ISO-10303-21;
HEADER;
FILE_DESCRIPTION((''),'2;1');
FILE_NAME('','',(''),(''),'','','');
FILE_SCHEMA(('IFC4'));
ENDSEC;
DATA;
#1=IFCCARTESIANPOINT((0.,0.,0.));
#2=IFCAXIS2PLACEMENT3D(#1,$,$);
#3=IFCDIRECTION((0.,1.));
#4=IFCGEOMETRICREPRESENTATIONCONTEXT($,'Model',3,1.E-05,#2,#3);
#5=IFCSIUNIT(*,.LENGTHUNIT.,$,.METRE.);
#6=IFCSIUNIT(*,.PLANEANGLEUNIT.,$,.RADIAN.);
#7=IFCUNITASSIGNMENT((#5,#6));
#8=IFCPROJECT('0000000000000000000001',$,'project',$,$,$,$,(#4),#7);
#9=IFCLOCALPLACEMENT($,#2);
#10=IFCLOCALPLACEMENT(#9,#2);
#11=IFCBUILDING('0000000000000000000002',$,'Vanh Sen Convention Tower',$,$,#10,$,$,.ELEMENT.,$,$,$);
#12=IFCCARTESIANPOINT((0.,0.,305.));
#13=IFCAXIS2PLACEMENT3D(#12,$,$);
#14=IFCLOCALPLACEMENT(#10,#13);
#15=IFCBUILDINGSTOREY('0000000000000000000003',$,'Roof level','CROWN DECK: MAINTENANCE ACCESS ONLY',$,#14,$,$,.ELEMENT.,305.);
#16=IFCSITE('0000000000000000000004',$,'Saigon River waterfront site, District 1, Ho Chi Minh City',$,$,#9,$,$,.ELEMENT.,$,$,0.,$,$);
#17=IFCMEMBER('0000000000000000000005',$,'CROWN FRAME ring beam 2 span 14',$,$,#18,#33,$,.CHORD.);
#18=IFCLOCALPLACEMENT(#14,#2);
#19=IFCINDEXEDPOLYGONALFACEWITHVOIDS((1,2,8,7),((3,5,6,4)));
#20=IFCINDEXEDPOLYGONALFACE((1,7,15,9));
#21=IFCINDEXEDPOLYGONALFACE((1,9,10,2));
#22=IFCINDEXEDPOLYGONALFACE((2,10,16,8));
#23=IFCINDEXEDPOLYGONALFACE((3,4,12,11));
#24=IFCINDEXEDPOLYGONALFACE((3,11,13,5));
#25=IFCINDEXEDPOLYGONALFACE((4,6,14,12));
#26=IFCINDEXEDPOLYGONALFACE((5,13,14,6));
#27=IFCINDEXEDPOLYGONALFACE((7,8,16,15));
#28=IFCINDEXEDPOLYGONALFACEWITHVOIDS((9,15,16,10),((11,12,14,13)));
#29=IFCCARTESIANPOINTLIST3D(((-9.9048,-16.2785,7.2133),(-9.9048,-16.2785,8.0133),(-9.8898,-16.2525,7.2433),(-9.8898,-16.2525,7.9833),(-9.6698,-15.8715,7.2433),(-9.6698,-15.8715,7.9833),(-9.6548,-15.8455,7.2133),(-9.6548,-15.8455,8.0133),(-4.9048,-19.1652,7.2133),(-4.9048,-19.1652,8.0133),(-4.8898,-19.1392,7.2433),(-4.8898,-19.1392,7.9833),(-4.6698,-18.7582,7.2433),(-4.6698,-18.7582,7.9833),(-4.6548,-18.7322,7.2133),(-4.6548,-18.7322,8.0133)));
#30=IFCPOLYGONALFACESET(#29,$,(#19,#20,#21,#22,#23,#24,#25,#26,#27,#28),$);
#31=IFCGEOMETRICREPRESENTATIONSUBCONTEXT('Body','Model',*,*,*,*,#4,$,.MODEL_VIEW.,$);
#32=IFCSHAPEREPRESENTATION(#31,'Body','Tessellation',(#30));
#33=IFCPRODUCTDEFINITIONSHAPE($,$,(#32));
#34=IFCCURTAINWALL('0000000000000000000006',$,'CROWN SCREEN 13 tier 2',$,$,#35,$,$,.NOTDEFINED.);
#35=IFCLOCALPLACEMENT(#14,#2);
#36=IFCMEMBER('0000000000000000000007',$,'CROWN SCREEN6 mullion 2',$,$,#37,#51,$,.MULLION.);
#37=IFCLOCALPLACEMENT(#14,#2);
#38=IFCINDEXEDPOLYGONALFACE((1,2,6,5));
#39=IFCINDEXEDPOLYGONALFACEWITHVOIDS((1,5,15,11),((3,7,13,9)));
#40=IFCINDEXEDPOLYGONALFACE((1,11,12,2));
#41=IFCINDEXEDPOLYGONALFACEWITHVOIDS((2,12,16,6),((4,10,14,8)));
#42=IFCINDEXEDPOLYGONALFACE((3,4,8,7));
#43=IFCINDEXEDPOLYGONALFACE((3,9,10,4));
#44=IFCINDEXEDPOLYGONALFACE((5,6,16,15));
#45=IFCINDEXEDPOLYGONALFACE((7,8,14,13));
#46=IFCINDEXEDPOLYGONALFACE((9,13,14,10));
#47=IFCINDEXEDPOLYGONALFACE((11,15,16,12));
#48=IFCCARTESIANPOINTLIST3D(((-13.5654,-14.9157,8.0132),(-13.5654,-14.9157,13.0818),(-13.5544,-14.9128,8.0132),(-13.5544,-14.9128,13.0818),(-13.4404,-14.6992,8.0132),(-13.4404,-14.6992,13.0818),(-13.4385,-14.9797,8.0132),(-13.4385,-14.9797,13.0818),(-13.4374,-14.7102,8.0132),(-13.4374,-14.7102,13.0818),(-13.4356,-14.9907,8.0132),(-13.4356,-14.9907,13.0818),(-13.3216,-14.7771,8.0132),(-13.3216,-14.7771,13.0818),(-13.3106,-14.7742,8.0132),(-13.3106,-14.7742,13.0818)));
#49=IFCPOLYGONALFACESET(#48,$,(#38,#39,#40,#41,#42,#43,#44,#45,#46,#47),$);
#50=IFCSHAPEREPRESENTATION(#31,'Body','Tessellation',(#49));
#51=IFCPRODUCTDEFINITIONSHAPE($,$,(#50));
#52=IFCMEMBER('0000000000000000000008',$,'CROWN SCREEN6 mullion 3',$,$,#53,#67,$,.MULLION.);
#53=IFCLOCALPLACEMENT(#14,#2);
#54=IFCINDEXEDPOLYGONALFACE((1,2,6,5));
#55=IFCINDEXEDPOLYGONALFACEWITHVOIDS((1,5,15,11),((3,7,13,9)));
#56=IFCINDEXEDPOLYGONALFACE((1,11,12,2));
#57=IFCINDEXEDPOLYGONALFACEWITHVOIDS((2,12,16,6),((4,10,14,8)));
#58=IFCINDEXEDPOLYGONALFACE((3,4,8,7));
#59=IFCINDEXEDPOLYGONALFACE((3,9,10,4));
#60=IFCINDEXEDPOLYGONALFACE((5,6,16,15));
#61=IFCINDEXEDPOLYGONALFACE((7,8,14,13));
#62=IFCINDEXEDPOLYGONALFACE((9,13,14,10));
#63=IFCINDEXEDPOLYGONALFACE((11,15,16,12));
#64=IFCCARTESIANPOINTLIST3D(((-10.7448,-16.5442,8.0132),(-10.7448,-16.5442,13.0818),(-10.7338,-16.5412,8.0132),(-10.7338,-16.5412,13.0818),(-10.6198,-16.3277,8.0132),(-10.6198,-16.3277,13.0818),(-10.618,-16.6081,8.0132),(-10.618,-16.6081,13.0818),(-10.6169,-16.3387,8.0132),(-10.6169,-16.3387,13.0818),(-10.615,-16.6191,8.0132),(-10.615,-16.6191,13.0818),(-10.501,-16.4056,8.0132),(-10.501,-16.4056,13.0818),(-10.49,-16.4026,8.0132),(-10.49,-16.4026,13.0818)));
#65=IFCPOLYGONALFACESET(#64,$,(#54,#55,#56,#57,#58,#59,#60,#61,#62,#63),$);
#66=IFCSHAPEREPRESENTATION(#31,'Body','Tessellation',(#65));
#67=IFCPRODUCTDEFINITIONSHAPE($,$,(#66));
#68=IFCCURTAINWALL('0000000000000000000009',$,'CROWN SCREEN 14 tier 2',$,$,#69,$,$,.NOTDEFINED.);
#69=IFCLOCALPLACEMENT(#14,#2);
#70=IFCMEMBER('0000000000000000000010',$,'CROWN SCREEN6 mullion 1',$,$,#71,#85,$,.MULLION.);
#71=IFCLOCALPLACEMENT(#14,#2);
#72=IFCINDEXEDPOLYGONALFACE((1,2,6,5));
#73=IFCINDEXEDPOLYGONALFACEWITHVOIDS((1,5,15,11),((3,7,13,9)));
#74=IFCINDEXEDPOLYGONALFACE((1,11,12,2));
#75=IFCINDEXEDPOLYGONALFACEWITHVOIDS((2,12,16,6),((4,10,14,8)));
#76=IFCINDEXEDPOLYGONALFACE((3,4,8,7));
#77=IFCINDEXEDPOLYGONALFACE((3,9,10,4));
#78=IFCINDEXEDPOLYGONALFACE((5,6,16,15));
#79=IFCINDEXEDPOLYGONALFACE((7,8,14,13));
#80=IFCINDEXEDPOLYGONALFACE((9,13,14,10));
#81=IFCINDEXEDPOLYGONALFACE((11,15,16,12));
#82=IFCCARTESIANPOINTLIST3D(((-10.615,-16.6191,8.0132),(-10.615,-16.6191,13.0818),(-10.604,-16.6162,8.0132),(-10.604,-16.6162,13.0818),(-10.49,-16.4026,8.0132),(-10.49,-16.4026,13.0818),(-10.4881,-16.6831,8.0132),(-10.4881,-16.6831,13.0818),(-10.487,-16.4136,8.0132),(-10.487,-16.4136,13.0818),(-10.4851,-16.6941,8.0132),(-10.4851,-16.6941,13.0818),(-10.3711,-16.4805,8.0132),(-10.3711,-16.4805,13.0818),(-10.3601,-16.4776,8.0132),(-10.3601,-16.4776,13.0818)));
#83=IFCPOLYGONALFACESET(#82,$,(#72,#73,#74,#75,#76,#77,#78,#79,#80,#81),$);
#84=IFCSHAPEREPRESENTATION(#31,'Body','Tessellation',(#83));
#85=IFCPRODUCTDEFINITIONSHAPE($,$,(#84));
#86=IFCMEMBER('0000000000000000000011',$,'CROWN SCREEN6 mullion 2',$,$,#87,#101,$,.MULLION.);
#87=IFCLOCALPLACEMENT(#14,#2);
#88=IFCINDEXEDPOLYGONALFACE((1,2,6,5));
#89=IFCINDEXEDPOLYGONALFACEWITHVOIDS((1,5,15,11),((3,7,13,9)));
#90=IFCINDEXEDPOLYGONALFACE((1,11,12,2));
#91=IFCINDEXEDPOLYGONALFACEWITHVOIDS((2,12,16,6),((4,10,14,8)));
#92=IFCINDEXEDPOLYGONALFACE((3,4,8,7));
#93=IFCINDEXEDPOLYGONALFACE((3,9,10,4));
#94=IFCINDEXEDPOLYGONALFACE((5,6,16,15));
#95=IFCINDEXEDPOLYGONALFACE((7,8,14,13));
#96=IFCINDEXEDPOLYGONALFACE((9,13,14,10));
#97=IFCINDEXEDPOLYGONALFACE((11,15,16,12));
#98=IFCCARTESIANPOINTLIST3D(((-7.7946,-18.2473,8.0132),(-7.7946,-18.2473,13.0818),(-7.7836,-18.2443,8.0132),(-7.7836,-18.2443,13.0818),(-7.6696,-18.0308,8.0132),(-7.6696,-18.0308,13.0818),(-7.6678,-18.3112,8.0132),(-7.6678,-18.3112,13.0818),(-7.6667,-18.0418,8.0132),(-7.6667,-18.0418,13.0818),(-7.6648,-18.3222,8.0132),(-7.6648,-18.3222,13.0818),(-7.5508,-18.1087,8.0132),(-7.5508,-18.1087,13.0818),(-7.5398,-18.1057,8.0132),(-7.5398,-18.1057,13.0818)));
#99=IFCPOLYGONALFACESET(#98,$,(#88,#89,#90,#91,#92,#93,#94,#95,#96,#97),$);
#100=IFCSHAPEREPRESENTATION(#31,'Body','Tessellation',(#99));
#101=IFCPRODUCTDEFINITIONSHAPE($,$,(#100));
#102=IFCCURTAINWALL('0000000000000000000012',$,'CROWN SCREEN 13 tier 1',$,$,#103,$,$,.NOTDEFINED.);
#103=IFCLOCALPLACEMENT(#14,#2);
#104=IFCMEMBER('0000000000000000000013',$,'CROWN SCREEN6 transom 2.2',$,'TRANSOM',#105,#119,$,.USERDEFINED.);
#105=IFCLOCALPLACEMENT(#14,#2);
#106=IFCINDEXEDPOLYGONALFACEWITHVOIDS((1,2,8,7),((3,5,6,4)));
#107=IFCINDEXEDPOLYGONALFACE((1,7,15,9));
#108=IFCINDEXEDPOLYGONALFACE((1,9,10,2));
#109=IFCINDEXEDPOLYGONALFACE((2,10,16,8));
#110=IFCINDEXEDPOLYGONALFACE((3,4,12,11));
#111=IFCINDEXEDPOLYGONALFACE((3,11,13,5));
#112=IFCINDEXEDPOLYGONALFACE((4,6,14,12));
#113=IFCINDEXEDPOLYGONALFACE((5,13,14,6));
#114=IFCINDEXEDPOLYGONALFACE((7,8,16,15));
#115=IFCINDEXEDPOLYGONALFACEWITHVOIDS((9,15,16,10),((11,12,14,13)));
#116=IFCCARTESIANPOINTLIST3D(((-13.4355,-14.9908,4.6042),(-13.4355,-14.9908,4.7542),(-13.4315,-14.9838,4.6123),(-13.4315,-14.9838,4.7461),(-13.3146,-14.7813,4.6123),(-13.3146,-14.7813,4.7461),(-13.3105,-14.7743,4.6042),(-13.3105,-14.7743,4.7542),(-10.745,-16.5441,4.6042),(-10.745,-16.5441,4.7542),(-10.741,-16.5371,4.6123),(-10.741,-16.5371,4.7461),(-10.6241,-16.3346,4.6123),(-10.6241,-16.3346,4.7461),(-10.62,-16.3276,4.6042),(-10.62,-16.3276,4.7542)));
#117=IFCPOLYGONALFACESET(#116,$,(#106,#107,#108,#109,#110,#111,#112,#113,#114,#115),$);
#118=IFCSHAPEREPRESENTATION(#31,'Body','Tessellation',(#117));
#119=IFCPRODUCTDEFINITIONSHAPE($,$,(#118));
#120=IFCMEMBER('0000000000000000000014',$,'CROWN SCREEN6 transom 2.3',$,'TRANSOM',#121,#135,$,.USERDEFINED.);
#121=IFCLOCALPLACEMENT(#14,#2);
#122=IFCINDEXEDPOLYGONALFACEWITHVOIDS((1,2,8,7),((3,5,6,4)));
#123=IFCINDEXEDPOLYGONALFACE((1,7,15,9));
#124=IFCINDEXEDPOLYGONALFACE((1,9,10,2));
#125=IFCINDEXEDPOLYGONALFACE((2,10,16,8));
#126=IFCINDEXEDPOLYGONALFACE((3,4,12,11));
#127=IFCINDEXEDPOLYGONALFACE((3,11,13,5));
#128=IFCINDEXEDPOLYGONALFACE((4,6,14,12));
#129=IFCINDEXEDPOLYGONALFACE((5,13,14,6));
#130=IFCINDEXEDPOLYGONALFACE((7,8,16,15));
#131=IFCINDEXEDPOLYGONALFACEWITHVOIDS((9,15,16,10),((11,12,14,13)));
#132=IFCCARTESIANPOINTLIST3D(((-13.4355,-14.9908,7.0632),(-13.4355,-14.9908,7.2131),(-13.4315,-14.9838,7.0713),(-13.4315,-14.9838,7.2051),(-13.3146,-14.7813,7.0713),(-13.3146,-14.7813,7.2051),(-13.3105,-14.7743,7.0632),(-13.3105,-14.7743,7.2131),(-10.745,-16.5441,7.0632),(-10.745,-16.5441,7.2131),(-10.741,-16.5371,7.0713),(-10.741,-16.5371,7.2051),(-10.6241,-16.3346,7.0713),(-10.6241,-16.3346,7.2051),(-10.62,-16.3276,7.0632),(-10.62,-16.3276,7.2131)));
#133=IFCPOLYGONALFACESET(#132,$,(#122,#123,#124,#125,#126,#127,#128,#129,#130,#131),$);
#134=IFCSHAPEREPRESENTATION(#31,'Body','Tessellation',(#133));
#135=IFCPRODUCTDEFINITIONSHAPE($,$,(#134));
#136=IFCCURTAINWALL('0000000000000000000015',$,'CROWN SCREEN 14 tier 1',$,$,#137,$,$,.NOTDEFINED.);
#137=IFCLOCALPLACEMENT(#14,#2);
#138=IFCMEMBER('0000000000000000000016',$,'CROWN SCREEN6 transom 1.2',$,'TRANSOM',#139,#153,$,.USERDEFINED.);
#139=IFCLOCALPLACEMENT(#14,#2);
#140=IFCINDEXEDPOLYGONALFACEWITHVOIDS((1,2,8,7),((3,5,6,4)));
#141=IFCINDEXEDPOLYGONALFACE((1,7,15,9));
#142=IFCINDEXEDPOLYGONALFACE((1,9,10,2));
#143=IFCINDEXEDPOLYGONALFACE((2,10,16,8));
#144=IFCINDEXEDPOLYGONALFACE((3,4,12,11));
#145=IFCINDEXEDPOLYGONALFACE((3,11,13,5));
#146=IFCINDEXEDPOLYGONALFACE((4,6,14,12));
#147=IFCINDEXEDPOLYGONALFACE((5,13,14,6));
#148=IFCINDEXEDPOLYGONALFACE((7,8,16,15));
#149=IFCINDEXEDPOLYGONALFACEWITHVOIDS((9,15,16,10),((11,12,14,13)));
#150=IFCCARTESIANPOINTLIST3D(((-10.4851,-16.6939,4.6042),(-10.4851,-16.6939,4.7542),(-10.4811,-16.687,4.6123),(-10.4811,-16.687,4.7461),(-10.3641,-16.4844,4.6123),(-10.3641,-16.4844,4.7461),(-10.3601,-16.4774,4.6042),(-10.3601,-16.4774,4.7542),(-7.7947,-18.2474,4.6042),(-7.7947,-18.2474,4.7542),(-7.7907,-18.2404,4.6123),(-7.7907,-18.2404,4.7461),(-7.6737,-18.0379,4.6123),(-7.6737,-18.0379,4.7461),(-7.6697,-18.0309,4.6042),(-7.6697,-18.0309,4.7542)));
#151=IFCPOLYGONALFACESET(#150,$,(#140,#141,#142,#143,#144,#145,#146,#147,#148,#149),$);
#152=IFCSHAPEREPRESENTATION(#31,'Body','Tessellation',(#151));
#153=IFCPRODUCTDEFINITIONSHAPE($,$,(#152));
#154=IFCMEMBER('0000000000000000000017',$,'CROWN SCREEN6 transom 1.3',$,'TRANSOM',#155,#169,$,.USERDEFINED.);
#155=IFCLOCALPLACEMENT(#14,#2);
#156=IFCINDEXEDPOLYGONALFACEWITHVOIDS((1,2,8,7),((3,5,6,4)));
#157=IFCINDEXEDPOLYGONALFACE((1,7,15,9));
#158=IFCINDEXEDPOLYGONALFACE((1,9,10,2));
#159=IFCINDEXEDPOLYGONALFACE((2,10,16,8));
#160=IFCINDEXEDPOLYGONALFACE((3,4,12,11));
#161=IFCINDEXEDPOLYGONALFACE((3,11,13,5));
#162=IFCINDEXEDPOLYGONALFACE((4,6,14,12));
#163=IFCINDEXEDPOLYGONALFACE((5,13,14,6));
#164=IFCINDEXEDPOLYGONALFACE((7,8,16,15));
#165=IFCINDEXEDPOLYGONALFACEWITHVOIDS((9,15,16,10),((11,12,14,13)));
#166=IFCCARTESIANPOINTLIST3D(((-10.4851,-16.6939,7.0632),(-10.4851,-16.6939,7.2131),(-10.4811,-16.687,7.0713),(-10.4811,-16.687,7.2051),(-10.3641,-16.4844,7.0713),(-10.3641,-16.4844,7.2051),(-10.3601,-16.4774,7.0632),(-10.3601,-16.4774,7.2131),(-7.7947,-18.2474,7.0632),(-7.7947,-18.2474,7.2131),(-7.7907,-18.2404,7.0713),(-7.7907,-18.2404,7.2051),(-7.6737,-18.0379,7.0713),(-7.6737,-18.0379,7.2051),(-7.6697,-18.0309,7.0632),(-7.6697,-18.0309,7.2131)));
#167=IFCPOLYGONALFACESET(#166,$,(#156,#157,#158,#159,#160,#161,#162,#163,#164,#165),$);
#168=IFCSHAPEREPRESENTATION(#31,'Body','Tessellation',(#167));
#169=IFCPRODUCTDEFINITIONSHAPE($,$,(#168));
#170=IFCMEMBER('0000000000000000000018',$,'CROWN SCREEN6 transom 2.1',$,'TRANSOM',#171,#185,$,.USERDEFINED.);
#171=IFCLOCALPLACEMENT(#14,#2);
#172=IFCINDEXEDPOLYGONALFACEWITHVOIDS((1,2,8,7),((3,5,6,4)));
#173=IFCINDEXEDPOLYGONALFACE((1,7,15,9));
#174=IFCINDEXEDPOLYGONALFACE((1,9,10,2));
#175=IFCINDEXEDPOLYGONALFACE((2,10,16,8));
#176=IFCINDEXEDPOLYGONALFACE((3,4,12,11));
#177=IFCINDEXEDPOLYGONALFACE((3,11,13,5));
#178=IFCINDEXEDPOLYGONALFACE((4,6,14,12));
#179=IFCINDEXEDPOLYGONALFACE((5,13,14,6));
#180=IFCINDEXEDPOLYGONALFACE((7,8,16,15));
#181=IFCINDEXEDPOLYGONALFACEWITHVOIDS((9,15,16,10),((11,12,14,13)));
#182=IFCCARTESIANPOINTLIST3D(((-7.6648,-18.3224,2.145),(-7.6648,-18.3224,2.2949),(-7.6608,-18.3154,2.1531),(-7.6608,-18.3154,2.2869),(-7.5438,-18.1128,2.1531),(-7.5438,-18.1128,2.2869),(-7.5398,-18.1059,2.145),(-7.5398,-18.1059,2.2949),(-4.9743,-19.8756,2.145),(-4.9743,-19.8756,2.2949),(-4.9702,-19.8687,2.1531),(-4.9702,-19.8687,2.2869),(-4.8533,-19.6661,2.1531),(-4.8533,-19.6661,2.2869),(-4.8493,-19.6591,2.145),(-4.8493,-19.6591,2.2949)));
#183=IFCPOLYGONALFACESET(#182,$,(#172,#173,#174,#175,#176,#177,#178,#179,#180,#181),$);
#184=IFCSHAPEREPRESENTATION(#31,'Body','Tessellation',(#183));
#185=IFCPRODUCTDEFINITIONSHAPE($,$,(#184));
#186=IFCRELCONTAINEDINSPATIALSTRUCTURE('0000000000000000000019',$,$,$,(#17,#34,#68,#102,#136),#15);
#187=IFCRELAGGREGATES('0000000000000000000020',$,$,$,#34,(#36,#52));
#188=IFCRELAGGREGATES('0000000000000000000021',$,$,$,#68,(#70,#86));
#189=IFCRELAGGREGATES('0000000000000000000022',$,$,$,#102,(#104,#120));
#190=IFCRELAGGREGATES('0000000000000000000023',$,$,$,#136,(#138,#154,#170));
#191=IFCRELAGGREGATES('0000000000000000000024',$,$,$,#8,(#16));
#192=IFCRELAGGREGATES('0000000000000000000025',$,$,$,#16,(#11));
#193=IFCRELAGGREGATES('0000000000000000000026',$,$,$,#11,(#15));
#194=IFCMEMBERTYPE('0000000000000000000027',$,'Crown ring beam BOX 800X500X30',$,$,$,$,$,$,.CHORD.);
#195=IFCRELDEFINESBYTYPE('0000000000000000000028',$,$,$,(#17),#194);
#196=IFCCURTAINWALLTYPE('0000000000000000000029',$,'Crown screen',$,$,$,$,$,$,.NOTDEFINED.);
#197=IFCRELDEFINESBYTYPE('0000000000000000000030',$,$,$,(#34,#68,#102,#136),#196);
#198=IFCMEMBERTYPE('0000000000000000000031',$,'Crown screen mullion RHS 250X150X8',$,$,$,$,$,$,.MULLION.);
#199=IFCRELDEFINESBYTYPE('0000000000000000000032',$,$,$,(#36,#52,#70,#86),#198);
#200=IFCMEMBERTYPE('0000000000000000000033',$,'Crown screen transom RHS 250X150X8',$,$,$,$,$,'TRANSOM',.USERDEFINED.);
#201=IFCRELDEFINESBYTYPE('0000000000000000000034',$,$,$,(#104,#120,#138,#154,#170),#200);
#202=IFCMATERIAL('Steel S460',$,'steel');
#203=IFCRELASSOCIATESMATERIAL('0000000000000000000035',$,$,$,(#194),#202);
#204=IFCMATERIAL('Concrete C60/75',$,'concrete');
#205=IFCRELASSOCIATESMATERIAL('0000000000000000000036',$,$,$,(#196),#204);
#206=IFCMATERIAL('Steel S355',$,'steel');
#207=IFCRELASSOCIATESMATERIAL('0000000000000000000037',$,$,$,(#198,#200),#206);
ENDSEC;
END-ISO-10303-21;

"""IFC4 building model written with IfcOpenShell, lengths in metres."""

from ifc_helpers import new_model, si_unit, direction, frame, origin, origin_2d, place, context, subcontext, project, spatial, hollow_rectangle, extrude, material, material_profile, profile_set, type_object, element, aggregate, save


model = new_model("IFC4")

# Units and contexts
model_context = context("Model", 3, precision=1e-05, world=origin(), true_north=direction((0.0, 1.0)))
body_context = subcontext(model_context, "Body", "Model", "MODEL_VIEW")
ifc_project = project(units=[si_unit("LENGTHUNIT", "METRE"), si_unit("PLANEANGLEUNIT", "RADIAN")], contexts=[model_context])

# Site, building, storey
site_placement = place(None, origin())
site = spatial("IfcSite", under=ifc_project, at=site_placement, Name="Saigon River waterfront site, District 1, Ho Chi Minh City", CompositionType="ELEMENT", RefElevation=0.0)
building_placement = place(site_placement, origin())
building = spatial("IfcBuilding", under=site, at=building_placement, Name="Vanh Sen Convention Tower", CompositionType="ELEMENT")
storey_placement = place(building_placement, frame((0.0, 0.0, 305.0)))
storey = spatial("IfcBuildingStorey", under=building, at=storey_placement, Name="Roof level", Description="CROWN DECK: MAINTENANCE ACCESS ONLY", CompositionType="ELEMENT", Elevation=305.0)

# Member
ifc_material_1 = material(Name="Steel S460", Category="steel")
ifc_material_profile_1 = material_profile(ifc_material_1, hollow_rectangle(XDim=0.5, YDim=0.8, WallThickness=0.03, at=origin_2d()), Name="BOX 800X500X30")
ifc_profile_set_1 = profile_set([ifc_material_profile_1], Name="Steel S460")
member_type_1 = type_object("IfcMemberType", Name="Crown ring beam BOX 800X500X30", PredefinedType="CHORD", material=ifc_profile_set_1)
member_1_placement = place(storey_placement, frame((-9.7798, -16.062, 7.6133), z_axis=(0.866028, -0.499996, 0.0), x_axis=(0.499996, 0.866028, 0.0)))
element("IfcMember", 1, at=member_1_placement, inside=storey, type_object=member_type_1, Name="CROWN FRAME ring beam 2 span 14", PredefinedType="CHORD", context=body_context, shape_type="SweptSolid", body=[
    extrude(hollow_rectangle(XDim=0.5, YDim=0.8, WallThickness=0.03, at=origin_2d()), origin(), (0.0, 0.0, 1.0), 5.7734),
])

# Curtain walls, members
ifc_material_2 = material(Name="Concrete C60/75", Category="concrete")
curtain_wall_type = type_object("IfcCurtainWallType", Name="Crown screen", PredefinedType="NOTDEFINED", material=ifc_material_2)
curtain_wall_1_placement = place(storey_placement, origin())
curtain_wall_1 = element("IfcCurtainWall", 2, at=curtain_wall_1_placement, inside=storey, type_object=curtain_wall_type, Name="CROWN SCREEN 13 tier 2", PredefinedType="NOTDEFINED")
ifc_material_3 = material(Name="Steel S355", Category="steel")
ifc_material_profile_2 = material_profile(ifc_material_3, hollow_rectangle(XDim=0.25, YDim=0.1499, WallThickness=0.0081, at=origin_2d()), Name="RHS 250X150X8")
ifc_profile_set_2 = profile_set([ifc_material_profile_2], Name="Steel S355")
member_type_2 = type_object("IfcMemberType", Name="Crown screen mullion RHS 250X150X8", PredefinedType="MULLION", material=ifc_profile_set_2)
member_2_placement = place(storey_placement, frame((-13.438, -14.845, 8.0132), z_axis=(0.0, 0.0, 1.0), x_axis=(0.500005, 0.866023, 0.0)))
member_2 = element("IfcMember", 3, at=member_2_placement, type_object=member_type_2, Name="CROWN SCREEN6 mullion 2", PredefinedType="MULLION", context=body_context, shape_type="SweptSolid", body=[
    extrude(hollow_rectangle(XDim=0.25, YDim=0.1499, WallThickness=0.0081, at=origin_2d()), origin(), (0.0, 0.0, 1.0), 5.0686),
])
member_3_placement = place(storey_placement, frame((-10.6174, -16.4734, 8.0132), z_axis=(0.0, 0.0, 1.0), x_axis=(0.500005, 0.866023, 0.0)))
member_3 = element("IfcMember", 4, at=member_3_placement, type_object=member_type_2, Name="CROWN SCREEN6 mullion 3", PredefinedType="MULLION", context=body_context, shape_type="SweptSolid", body=[
    extrude(hollow_rectangle(XDim=0.25, YDim=0.1499, WallThickness=0.0081, at=origin_2d()), origin(), (0.0, 0.0, 1.0), 5.0686),
])
aggregate(curtain_wall_1, [member_2, member_3])
curtain_wall_2_placement = place(storey_placement, origin())
curtain_wall_2 = element("IfcCurtainWall", 5, at=curtain_wall_2_placement, inside=storey, type_object=curtain_wall_type, Name="CROWN SCREEN 14 tier 2", PredefinedType="NOTDEFINED")
member_4_placement = place(storey_placement, frame((-10.4875, -16.5483, 8.0132), z_axis=(0.0, 0.0, 1.0), x_axis=(0.499994, 0.866029, 0.0)))
member_4 = element("IfcMember", 6, at=member_4_placement, type_object=member_type_2, Name="CROWN SCREEN6 mullion 1", PredefinedType="MULLION", context=body_context, shape_type="SweptSolid", body=[
    extrude(hollow_rectangle(XDim=0.25, YDim=0.1499, WallThickness=0.0081, at=origin_2d()), origin(), (0.0, 0.0, 1.0), 5.0686),
])
member_5_placement = place(storey_placement, frame((-7.6672, -18.1765, 8.0132), z_axis=(0.0, 0.0, 1.0), x_axis=(0.499994, 0.866029, 0.0)))
member_5 = element("IfcMember", 7, at=member_5_placement, type_object=member_type_2, Name="CROWN SCREEN6 mullion 2", PredefinedType="MULLION", context=body_context, shape_type="SweptSolid", body=[
    extrude(hollow_rectangle(XDim=0.25, YDim=0.1499, WallThickness=0.0081, at=origin_2d()), origin(), (0.0, 0.0, 1.0), 5.0686),
])
aggregate(curtain_wall_2, [member_4, member_5])
curtain_wall_3_placement = place(storey_placement, origin())
curtain_wall_3 = element("IfcCurtainWall", 8, at=curtain_wall_3_placement, inside=storey, type_object=curtain_wall_type, Name="CROWN SCREEN 13 tier 1", PredefinedType="NOTDEFINED")
ifc_material_profile_3 = material_profile(ifc_material_3, hollow_rectangle(XDim=0.25, YDim=0.1499, WallThickness=0.0081, at=origin_2d()), Name="RHS 250X150X8")
ifc_profile_set_3 = profile_set([ifc_material_profile_3], Name="Steel S355")
member_type_3 = type_object("IfcMemberType", Name="Crown screen transom RHS 250X150X8", ElementType="TRANSOM", PredefinedType="USERDEFINED", material=ifc_profile_set_3)
member_6_placement = place(storey_placement, frame((-13.373, -14.8826, 4.6792), z_axis=(0.866039, -0.499976, 0.0), x_axis=(0.499976, 0.866039, 0.0)))
member_6 = element("IfcMember", 9, at=member_6_placement, type_object=member_type_3, Name="CROWN SCREEN6 transom 2.2", ObjectType="TRANSOM", PredefinedType="USERDEFINED", context=body_context, shape_type="SweptSolid", body=[
    extrude(hollow_rectangle(XDim=0.25, YDim=0.1499, WallThickness=0.0081, at=origin_2d()), origin(), (0.0, 0.0, 1.0), 3.1067),
])
member_7_placement = place(storey_placement, frame((-13.373, -14.8826, 7.1382), z_axis=(0.866039, -0.499976, 0.0), x_axis=(0.499976, 0.866039, 0.0)))
member_7 = element("IfcMember", 10, at=member_7_placement, type_object=member_type_3, Name="CROWN SCREEN6 transom 2.3", ObjectType="TRANSOM", PredefinedType="USERDEFINED", context=body_context, shape_type="SweptSolid", body=[
    extrude(hollow_rectangle(XDim=0.25, YDim=0.1499, WallThickness=0.0081, at=origin_2d()), origin(), (0.0, 0.0, 1.0), 3.1067),
])
curtain_wall_4_placement = place(storey_placement, origin())
curtain_wall_4 = element("IfcCurtainWall", 11, at=curtain_wall_4_placement, inside=storey, type_object=curtain_wall_type, Name="CROWN SCREEN 14 tier 1", PredefinedType="NOTDEFINED")
member_8_placement = place(storey_placement, frame((-10.4226, -16.5857, 4.6792), z_axis=(0.866005, -0.500035, 0.0), x_axis=(0.500035, 0.866005, 0.0)))
member_8 = element("IfcMember", 12, at=member_8_placement, type_object=member_type_3, Name="CROWN SCREEN6 transom 1.2", ObjectType="TRANSOM", PredefinedType="USERDEFINED", context=body_context, shape_type="SweptSolid", body=[
    extrude(hollow_rectangle(XDim=0.25, YDim=0.1499, WallThickness=0.0081, at=origin_2d()), origin(), (0.0, 0.0, 1.0), 3.1067),
])
member_9_placement = place(storey_placement, frame((-10.4226, -16.5857, 7.1382), z_axis=(0.866005, -0.500035, 0.0), x_axis=(0.500035, 0.866005, 0.0)))
member_9 = element("IfcMember", 13, at=member_9_placement, type_object=member_type_3, Name="CROWN SCREEN6 transom 1.3", ObjectType="TRANSOM", PredefinedType="USERDEFINED", context=body_context, shape_type="SweptSolid", body=[
    extrude(hollow_rectangle(XDim=0.25, YDim=0.1499, WallThickness=0.0081, at=origin_2d()), origin(), (0.0, 0.0, 1.0), 3.1067),
])
member_10_placement = place(storey_placement, frame((-7.6023, -18.2141, 2.22), z_axis=(0.866039, -0.499976, 0.0), x_axis=(0.499976, 0.866039, 0.0)))
member_10 = element("IfcMember", 14, at=member_10_placement, type_object=member_type_3, Name="CROWN SCREEN6 transom 2.1", ObjectType="TRANSOM", PredefinedType="USERDEFINED", context=body_context, shape_type="SweptSolid", body=[
    extrude(hollow_rectangle(XDim=0.25, YDim=0.1499, WallThickness=0.0081, at=origin_2d()), origin(), (0.0, 0.0, 1.0), 3.1067),
])

aggregate(curtain_wall_3, [member_6, member_7])
aggregate(curtain_wall_4, [member_8, member_9, member_10])

save(model, "model.ifc")
